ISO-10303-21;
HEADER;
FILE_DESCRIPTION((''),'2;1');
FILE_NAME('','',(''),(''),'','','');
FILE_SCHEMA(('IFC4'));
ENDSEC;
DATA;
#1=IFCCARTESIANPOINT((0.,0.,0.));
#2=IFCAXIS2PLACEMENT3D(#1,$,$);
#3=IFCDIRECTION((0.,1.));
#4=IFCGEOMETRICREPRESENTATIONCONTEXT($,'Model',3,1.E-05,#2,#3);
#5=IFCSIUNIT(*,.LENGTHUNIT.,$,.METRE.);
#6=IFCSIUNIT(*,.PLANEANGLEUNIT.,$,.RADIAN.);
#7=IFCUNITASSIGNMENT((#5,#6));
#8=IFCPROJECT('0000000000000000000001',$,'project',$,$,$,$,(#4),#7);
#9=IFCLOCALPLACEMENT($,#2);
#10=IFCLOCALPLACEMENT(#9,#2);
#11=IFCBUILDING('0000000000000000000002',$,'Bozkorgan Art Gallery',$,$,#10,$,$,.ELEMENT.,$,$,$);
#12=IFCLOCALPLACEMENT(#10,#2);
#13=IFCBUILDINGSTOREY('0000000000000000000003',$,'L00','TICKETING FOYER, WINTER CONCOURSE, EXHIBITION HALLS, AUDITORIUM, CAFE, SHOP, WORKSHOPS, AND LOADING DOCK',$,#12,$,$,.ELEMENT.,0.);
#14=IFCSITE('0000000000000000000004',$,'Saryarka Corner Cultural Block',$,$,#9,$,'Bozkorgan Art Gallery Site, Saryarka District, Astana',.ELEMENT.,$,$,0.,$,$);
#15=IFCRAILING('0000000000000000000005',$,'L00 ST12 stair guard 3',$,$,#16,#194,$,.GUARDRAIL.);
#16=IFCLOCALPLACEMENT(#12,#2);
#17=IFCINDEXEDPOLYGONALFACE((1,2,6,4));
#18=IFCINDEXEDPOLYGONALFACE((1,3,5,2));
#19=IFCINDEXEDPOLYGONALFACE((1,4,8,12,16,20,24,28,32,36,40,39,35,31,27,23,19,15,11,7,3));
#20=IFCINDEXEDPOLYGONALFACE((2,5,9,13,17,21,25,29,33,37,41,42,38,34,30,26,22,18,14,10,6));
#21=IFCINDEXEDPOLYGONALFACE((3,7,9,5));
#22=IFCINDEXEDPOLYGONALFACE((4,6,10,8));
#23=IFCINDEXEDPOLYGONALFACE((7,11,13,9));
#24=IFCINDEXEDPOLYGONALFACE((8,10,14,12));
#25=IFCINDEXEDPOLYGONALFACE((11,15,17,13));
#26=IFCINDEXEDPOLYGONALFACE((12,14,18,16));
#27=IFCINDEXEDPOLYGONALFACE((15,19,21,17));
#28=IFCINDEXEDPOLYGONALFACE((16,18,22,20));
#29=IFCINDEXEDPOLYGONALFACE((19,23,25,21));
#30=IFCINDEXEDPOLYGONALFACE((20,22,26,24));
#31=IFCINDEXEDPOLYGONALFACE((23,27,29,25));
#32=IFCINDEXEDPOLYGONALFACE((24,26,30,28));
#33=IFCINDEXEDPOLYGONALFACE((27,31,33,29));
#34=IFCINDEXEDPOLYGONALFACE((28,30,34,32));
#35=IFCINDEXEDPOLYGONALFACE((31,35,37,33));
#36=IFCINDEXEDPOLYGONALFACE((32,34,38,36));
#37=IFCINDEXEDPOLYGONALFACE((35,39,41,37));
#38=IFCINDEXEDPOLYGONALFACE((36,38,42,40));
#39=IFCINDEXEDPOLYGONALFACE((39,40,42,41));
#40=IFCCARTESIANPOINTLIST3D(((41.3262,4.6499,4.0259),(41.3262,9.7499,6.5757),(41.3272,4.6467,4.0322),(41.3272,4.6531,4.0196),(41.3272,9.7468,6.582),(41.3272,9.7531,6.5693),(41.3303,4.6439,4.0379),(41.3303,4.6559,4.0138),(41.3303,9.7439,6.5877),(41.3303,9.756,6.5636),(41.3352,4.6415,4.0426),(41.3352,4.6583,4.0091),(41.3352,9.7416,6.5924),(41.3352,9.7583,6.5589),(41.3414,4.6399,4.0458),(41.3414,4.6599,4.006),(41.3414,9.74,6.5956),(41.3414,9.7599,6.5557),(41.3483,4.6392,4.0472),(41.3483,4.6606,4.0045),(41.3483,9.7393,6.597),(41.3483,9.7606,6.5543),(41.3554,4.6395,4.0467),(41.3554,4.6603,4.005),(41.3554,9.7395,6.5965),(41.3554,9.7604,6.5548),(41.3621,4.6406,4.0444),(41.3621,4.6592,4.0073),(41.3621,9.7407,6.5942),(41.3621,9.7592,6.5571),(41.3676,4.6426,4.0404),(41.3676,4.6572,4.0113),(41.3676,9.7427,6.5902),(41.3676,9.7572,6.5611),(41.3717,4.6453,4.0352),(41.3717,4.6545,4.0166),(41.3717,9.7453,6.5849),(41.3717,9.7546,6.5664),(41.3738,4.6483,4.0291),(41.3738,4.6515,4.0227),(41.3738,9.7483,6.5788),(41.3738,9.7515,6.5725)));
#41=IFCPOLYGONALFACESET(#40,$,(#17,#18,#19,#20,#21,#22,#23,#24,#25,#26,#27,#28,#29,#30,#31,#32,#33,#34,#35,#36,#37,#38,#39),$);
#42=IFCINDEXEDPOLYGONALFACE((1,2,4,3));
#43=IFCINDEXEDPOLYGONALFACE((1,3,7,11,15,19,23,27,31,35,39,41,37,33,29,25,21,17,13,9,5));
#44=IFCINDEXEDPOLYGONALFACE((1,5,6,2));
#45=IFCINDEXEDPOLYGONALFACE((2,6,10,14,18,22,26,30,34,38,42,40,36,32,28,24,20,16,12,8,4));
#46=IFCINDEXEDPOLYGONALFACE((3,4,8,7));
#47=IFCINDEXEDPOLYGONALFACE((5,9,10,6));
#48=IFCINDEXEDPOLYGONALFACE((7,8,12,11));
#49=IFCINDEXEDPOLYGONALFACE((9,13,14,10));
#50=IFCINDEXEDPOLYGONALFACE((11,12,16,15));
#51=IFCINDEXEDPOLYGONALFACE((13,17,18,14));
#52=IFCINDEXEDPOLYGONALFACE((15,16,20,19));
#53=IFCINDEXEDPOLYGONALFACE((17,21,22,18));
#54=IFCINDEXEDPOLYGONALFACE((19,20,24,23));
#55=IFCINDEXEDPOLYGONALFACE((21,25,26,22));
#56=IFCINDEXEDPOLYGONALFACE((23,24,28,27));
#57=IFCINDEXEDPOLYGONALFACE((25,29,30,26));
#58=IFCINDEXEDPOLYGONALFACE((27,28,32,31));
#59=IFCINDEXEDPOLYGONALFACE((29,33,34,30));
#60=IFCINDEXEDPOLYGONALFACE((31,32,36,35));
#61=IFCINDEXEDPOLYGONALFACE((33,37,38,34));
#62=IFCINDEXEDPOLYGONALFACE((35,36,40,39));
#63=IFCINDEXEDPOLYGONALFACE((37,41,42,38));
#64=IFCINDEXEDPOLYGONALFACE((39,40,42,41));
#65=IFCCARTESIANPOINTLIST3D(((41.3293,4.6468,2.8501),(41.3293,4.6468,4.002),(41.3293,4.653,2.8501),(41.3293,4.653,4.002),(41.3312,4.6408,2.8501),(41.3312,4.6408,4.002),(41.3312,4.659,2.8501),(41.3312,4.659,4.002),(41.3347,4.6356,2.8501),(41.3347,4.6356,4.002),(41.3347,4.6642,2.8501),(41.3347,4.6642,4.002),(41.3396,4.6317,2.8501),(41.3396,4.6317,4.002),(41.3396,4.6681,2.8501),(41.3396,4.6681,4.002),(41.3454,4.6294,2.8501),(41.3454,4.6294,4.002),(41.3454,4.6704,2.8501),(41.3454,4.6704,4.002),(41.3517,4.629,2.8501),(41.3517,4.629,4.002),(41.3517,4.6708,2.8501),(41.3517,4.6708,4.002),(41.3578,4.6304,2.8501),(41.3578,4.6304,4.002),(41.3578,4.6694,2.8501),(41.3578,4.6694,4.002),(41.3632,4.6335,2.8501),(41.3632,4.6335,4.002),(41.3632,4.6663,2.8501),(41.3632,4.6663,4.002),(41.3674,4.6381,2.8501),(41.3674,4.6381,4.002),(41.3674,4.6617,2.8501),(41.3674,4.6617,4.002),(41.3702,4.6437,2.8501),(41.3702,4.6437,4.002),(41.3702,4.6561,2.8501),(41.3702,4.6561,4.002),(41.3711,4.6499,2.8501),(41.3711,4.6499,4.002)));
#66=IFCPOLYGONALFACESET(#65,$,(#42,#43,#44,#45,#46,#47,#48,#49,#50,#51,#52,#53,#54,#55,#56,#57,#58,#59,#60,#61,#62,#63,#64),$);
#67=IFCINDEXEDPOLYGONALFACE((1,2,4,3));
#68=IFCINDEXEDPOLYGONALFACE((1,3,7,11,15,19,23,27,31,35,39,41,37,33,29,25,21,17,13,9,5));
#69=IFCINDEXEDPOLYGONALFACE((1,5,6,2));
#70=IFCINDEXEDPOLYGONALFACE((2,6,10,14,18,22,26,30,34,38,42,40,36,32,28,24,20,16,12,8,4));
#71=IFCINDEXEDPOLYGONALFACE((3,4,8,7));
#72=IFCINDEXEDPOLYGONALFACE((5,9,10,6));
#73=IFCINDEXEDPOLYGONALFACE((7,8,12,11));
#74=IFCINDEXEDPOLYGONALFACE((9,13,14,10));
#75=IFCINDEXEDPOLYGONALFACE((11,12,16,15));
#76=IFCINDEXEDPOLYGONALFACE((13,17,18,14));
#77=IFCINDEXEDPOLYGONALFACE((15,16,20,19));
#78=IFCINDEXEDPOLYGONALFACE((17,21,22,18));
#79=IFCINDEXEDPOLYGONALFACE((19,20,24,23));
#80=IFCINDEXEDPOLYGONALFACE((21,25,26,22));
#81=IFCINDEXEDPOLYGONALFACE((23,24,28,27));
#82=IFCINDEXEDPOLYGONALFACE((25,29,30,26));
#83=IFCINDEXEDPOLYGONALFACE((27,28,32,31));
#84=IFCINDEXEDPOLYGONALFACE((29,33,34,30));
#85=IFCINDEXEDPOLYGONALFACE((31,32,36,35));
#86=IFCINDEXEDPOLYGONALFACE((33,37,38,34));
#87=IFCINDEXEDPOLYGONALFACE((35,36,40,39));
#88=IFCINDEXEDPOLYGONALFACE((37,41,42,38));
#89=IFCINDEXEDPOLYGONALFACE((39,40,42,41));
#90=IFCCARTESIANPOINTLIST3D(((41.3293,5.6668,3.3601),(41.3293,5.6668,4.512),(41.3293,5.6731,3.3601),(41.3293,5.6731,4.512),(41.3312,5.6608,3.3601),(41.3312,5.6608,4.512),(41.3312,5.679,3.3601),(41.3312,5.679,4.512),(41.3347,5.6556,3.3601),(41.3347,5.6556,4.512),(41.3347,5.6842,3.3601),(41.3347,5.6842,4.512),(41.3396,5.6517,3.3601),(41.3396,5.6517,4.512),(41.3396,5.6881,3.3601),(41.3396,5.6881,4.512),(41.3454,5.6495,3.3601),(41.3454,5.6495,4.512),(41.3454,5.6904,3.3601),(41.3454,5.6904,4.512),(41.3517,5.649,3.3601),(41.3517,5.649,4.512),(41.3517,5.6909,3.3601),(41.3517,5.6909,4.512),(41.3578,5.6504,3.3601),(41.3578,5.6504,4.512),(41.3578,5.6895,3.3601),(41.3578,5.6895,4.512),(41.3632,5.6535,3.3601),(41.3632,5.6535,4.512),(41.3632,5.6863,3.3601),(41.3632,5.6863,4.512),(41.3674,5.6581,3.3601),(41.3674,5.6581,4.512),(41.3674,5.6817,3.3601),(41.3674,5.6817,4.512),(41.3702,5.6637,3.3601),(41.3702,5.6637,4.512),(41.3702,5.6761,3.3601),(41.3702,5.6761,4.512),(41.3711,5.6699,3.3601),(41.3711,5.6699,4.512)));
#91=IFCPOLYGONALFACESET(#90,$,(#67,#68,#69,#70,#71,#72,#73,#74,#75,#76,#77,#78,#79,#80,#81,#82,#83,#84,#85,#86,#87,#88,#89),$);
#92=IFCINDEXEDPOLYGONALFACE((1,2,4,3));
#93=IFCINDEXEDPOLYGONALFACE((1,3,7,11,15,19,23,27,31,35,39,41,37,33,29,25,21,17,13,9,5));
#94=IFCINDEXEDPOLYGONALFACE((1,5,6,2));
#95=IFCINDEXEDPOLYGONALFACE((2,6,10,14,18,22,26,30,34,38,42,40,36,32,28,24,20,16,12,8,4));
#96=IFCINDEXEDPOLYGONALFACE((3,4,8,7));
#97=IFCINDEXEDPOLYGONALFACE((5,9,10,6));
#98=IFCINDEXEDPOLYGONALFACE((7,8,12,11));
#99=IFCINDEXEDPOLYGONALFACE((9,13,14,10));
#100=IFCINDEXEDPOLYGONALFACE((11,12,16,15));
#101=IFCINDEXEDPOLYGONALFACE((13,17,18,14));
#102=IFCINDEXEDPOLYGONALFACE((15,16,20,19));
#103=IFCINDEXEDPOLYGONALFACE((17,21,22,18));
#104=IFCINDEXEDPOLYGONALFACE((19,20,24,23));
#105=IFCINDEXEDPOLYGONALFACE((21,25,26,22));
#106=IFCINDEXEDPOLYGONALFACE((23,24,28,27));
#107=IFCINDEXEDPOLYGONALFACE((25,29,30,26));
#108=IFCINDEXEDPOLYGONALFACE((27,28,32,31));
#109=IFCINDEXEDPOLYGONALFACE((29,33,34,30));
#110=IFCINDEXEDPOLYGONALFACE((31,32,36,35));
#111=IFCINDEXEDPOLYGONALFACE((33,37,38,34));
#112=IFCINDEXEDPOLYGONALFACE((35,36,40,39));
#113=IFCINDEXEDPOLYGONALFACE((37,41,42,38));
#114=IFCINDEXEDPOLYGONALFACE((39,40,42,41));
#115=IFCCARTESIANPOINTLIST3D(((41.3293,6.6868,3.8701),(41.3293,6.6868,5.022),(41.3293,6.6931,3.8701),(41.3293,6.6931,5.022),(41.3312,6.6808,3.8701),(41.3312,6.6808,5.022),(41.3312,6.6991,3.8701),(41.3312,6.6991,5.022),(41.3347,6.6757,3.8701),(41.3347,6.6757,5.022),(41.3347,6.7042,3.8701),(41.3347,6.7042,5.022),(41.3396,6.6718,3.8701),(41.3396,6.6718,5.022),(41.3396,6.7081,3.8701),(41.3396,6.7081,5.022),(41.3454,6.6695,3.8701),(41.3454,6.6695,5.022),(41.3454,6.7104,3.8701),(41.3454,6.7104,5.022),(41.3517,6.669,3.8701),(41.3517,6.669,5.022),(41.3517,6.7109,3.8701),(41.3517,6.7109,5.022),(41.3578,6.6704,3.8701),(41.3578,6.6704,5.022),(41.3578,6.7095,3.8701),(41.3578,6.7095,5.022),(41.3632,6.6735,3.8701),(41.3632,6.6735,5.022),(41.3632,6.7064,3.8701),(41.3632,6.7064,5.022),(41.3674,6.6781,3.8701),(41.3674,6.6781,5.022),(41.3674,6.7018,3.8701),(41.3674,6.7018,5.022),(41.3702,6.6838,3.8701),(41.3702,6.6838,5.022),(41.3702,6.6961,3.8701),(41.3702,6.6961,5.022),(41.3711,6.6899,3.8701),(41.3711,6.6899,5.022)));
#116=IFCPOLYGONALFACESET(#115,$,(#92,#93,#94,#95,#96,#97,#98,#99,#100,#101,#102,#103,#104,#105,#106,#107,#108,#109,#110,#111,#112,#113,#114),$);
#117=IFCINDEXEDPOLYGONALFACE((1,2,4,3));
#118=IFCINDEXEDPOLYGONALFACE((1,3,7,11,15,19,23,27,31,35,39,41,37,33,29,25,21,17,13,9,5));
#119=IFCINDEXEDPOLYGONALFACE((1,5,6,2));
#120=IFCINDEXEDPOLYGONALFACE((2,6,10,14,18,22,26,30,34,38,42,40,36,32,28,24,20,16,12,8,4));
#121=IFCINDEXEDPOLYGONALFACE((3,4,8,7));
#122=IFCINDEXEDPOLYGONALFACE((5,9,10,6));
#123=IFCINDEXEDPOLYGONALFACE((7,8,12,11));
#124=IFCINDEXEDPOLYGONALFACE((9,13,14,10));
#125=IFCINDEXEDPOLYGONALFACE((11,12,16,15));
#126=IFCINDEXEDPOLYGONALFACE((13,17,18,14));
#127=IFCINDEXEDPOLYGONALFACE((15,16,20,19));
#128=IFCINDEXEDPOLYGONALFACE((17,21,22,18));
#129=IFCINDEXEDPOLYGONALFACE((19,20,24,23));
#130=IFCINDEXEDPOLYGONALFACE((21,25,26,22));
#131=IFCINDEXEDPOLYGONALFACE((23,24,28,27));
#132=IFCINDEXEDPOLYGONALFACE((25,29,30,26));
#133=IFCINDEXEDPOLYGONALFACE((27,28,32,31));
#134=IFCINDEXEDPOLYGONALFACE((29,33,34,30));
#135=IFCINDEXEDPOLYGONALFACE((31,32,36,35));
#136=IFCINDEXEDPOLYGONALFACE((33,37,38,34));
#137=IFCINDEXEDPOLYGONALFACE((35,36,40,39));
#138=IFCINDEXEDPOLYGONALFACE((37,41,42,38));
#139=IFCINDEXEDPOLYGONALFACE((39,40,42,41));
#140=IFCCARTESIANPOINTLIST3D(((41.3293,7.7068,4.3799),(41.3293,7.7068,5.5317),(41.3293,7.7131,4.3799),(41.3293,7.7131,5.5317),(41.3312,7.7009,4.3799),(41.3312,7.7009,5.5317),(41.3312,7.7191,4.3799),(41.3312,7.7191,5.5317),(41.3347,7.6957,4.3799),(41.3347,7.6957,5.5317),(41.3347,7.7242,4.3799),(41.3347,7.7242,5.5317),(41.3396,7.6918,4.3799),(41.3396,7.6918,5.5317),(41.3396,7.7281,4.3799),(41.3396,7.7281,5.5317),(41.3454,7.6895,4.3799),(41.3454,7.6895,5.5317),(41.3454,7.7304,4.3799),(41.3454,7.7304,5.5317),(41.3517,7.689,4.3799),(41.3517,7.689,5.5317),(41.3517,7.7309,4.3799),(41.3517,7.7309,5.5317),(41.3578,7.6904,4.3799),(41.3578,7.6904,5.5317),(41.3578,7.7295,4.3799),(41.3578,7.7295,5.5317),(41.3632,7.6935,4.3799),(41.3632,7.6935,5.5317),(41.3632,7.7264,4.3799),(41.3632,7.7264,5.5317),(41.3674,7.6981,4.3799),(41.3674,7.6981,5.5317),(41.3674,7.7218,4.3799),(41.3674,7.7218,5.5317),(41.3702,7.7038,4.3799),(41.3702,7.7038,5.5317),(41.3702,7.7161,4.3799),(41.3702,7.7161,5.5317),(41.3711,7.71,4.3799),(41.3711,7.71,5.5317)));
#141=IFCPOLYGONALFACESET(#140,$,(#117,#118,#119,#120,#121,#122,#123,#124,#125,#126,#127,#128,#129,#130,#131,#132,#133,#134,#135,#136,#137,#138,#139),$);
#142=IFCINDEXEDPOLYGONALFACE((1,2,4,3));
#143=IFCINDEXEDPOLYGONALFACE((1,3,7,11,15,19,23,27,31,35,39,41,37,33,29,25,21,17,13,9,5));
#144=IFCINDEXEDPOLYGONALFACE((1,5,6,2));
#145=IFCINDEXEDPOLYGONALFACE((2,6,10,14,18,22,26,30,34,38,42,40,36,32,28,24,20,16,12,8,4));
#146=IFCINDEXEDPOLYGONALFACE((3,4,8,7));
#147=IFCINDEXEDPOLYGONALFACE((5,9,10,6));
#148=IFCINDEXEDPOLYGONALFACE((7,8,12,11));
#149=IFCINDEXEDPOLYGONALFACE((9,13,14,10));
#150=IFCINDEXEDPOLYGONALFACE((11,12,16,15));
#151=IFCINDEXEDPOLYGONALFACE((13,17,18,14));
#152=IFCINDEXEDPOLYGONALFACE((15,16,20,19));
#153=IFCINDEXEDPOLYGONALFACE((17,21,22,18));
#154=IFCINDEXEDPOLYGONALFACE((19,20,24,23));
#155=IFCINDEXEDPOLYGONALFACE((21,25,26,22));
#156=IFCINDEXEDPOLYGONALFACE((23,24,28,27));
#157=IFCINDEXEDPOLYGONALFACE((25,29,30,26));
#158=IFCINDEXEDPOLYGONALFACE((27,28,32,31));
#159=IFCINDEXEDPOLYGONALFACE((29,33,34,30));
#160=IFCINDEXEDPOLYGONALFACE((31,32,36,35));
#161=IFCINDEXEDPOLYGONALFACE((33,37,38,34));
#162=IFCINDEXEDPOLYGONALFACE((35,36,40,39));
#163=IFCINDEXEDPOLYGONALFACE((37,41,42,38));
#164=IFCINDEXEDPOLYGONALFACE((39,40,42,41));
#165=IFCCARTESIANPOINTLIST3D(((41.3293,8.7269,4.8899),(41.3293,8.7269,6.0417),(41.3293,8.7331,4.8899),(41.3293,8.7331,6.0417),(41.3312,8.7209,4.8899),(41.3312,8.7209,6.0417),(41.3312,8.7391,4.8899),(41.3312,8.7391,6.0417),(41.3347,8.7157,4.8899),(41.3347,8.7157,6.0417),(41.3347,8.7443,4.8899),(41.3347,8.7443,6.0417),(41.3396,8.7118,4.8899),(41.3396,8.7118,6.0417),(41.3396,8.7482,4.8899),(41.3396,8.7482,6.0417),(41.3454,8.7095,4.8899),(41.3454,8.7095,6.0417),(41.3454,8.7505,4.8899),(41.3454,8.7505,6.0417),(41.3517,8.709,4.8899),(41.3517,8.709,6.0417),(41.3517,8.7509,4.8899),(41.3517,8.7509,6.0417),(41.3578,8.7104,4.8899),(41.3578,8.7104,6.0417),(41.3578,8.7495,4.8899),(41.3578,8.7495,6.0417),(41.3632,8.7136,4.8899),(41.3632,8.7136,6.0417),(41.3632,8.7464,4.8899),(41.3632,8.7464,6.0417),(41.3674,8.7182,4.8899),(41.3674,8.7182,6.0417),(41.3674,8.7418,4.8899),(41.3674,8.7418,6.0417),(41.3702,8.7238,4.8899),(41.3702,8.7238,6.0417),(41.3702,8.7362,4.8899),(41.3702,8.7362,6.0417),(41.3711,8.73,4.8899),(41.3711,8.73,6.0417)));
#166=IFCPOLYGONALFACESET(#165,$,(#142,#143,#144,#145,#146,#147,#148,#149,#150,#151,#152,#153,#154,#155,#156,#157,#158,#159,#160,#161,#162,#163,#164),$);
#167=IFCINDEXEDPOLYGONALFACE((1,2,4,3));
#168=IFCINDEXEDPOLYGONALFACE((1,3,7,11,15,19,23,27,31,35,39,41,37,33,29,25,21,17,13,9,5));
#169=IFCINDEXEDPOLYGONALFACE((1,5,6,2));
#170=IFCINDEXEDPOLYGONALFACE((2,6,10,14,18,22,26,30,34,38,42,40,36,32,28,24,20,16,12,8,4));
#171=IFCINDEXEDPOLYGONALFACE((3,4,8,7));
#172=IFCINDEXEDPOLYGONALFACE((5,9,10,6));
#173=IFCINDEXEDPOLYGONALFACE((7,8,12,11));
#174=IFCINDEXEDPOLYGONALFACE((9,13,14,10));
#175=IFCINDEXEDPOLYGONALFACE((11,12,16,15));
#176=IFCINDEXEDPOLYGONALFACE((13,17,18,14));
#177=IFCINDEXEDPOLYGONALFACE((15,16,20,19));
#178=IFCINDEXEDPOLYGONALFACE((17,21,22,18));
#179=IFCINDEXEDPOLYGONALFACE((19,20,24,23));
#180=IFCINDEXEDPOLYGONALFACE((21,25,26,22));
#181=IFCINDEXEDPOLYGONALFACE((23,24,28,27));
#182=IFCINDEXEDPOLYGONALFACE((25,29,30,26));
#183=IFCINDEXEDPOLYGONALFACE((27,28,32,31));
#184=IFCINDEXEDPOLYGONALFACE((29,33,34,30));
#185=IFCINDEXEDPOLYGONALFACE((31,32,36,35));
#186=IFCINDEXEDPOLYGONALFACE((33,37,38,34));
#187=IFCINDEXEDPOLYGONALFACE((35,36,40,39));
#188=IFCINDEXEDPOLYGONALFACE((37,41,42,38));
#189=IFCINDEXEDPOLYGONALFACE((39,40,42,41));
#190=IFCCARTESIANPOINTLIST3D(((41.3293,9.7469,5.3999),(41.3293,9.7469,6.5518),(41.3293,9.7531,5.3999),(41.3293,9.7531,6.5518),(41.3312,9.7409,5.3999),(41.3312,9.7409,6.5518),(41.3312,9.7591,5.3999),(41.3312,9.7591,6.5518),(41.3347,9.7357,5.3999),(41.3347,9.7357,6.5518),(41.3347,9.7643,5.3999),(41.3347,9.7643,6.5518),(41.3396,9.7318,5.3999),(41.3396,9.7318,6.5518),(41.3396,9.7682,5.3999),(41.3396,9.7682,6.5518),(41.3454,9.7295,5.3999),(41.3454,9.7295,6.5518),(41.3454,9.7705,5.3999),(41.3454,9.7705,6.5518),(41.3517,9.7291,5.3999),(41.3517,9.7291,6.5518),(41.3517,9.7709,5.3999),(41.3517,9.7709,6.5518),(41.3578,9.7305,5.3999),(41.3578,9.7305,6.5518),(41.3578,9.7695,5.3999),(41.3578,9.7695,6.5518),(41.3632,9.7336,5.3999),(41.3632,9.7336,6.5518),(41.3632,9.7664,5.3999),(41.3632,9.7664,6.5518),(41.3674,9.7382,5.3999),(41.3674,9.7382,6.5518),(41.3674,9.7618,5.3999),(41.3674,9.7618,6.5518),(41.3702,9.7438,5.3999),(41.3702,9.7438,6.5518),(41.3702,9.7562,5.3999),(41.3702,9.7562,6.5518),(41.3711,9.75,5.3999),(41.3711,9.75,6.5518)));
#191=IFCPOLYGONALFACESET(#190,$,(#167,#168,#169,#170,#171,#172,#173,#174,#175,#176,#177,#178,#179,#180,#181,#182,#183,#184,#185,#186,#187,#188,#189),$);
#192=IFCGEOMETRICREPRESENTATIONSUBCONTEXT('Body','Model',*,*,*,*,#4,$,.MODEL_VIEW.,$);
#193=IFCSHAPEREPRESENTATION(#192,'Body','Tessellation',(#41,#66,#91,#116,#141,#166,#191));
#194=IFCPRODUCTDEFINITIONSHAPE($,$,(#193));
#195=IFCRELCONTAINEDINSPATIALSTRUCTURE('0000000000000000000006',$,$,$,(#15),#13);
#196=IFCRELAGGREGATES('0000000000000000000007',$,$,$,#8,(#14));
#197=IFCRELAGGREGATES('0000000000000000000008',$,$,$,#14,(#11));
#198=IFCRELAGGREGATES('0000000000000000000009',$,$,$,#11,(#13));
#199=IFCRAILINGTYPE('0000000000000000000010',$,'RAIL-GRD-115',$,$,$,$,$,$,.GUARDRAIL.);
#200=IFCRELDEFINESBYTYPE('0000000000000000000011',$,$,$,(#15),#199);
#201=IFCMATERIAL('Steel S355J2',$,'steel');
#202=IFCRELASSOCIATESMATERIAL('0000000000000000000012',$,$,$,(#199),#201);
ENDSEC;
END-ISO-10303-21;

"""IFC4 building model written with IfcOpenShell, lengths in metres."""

from ifc_helpers import new_model, si_unit, direction, frame, origin, origin_2d, place, context, subcontext, project, spatial, circle, extrude, material, type_object, element, save


model = new_model("IFC4")

# Units and contexts
model_context = context("Model", 3, precision=1e-05, world=origin(), true_north=direction((0.0, 1.0)))
body_context = subcontext(model_context, "Body", "Model", "MODEL_VIEW")
ifc_project = project(units=[si_unit("LENGTHUNIT", "METRE"), si_unit("PLANEANGLEUNIT", "RADIAN")], contexts=[model_context])

# Site, building, storey
site_placement = place(None, origin())
site = spatial("IfcSite", under=ifc_project, at=site_placement, Name="Saryarka Corner Cultural Block", LongName="Bozkorgan Art Gallery Site, Saryarka District, Astana", CompositionType="ELEMENT", RefElevation=0.0)
building_placement = place(site_placement, origin())
building = spatial("IfcBuilding", under=site, at=building_placement, Name="Bozkorgan Art Gallery", CompositionType="ELEMENT")
storey_placement = place(building_placement, origin())
storey = spatial("IfcBuildingStorey", under=building, at=storey_placement, Name="L00", Description="TICKETING FOYER, WINTER CONCOURSE, EXHIBITION HALLS, AUDITORIUM, CAFE, SHOP, WORKSHOPS, AND LOADING DOCK", CompositionType="ELEMENT", Elevation=0.0)

# Shared definitions
ifc_material_1 = material(Name="Steel S355J2", Category="steel")

# Railing
railing_type_1 = type_object("IfcRailingType", Name="RAIL-GRD-115", PredefinedType="GUARDRAIL", material=ifc_material_1)
railing_1_placement = place(storey_placement, frame((41.3501, 4.6499, 2.8501)))
element("IfcRailing", 1, at=railing_1_placement, inside=storey, type_object=railing_type_1, Name="L00 ST12 stair guard 3", PredefinedType="GUARDRAIL", context=body_context, shape_type="SweptSolid", body=[
    extrude(circle(Radius=0.0239, at=origin_2d()), frame((0.0, 0.0, 1.1758), z_axis=(0.0, 0.894444, 0.447179), x_axis=(-1.0, 0.0, 0.0)), (0.0, 0.0, 1.0), 5.7019),
    extrude(circle(Radius=0.021, at=origin_2d()), origin(), (0.0, 0.0, 1.0), 1.1519),
    extrude(circle(Radius=0.021, at=origin_2d()), frame((0.0, 1.02, 0.51)), (0.0, 0.0, 1.0), 1.1519),
    extrude(circle(Radius=0.021, at=origin_2d()), frame((0.0, 2.04, 1.02)), (0.0, 0.0, 1.0), 1.1519),
    extrude(circle(Radius=0.021, at=origin_2d()), frame((0.0, 3.0601, 1.5298)), (0.0, 0.0, 1.0), 1.1519),
    extrude(circle(Radius=0.021, at=origin_2d()), frame((0.0, 4.0801, 2.0398)), (0.0, 0.0, 1.0), 1.1519),
    extrude(circle(Radius=0.021, at=origin_2d()), frame((0.0, 5.1001, 2.5498)), (0.0, 0.0, 1.0), 1.1519),
])

save(model, "model.ifc")
